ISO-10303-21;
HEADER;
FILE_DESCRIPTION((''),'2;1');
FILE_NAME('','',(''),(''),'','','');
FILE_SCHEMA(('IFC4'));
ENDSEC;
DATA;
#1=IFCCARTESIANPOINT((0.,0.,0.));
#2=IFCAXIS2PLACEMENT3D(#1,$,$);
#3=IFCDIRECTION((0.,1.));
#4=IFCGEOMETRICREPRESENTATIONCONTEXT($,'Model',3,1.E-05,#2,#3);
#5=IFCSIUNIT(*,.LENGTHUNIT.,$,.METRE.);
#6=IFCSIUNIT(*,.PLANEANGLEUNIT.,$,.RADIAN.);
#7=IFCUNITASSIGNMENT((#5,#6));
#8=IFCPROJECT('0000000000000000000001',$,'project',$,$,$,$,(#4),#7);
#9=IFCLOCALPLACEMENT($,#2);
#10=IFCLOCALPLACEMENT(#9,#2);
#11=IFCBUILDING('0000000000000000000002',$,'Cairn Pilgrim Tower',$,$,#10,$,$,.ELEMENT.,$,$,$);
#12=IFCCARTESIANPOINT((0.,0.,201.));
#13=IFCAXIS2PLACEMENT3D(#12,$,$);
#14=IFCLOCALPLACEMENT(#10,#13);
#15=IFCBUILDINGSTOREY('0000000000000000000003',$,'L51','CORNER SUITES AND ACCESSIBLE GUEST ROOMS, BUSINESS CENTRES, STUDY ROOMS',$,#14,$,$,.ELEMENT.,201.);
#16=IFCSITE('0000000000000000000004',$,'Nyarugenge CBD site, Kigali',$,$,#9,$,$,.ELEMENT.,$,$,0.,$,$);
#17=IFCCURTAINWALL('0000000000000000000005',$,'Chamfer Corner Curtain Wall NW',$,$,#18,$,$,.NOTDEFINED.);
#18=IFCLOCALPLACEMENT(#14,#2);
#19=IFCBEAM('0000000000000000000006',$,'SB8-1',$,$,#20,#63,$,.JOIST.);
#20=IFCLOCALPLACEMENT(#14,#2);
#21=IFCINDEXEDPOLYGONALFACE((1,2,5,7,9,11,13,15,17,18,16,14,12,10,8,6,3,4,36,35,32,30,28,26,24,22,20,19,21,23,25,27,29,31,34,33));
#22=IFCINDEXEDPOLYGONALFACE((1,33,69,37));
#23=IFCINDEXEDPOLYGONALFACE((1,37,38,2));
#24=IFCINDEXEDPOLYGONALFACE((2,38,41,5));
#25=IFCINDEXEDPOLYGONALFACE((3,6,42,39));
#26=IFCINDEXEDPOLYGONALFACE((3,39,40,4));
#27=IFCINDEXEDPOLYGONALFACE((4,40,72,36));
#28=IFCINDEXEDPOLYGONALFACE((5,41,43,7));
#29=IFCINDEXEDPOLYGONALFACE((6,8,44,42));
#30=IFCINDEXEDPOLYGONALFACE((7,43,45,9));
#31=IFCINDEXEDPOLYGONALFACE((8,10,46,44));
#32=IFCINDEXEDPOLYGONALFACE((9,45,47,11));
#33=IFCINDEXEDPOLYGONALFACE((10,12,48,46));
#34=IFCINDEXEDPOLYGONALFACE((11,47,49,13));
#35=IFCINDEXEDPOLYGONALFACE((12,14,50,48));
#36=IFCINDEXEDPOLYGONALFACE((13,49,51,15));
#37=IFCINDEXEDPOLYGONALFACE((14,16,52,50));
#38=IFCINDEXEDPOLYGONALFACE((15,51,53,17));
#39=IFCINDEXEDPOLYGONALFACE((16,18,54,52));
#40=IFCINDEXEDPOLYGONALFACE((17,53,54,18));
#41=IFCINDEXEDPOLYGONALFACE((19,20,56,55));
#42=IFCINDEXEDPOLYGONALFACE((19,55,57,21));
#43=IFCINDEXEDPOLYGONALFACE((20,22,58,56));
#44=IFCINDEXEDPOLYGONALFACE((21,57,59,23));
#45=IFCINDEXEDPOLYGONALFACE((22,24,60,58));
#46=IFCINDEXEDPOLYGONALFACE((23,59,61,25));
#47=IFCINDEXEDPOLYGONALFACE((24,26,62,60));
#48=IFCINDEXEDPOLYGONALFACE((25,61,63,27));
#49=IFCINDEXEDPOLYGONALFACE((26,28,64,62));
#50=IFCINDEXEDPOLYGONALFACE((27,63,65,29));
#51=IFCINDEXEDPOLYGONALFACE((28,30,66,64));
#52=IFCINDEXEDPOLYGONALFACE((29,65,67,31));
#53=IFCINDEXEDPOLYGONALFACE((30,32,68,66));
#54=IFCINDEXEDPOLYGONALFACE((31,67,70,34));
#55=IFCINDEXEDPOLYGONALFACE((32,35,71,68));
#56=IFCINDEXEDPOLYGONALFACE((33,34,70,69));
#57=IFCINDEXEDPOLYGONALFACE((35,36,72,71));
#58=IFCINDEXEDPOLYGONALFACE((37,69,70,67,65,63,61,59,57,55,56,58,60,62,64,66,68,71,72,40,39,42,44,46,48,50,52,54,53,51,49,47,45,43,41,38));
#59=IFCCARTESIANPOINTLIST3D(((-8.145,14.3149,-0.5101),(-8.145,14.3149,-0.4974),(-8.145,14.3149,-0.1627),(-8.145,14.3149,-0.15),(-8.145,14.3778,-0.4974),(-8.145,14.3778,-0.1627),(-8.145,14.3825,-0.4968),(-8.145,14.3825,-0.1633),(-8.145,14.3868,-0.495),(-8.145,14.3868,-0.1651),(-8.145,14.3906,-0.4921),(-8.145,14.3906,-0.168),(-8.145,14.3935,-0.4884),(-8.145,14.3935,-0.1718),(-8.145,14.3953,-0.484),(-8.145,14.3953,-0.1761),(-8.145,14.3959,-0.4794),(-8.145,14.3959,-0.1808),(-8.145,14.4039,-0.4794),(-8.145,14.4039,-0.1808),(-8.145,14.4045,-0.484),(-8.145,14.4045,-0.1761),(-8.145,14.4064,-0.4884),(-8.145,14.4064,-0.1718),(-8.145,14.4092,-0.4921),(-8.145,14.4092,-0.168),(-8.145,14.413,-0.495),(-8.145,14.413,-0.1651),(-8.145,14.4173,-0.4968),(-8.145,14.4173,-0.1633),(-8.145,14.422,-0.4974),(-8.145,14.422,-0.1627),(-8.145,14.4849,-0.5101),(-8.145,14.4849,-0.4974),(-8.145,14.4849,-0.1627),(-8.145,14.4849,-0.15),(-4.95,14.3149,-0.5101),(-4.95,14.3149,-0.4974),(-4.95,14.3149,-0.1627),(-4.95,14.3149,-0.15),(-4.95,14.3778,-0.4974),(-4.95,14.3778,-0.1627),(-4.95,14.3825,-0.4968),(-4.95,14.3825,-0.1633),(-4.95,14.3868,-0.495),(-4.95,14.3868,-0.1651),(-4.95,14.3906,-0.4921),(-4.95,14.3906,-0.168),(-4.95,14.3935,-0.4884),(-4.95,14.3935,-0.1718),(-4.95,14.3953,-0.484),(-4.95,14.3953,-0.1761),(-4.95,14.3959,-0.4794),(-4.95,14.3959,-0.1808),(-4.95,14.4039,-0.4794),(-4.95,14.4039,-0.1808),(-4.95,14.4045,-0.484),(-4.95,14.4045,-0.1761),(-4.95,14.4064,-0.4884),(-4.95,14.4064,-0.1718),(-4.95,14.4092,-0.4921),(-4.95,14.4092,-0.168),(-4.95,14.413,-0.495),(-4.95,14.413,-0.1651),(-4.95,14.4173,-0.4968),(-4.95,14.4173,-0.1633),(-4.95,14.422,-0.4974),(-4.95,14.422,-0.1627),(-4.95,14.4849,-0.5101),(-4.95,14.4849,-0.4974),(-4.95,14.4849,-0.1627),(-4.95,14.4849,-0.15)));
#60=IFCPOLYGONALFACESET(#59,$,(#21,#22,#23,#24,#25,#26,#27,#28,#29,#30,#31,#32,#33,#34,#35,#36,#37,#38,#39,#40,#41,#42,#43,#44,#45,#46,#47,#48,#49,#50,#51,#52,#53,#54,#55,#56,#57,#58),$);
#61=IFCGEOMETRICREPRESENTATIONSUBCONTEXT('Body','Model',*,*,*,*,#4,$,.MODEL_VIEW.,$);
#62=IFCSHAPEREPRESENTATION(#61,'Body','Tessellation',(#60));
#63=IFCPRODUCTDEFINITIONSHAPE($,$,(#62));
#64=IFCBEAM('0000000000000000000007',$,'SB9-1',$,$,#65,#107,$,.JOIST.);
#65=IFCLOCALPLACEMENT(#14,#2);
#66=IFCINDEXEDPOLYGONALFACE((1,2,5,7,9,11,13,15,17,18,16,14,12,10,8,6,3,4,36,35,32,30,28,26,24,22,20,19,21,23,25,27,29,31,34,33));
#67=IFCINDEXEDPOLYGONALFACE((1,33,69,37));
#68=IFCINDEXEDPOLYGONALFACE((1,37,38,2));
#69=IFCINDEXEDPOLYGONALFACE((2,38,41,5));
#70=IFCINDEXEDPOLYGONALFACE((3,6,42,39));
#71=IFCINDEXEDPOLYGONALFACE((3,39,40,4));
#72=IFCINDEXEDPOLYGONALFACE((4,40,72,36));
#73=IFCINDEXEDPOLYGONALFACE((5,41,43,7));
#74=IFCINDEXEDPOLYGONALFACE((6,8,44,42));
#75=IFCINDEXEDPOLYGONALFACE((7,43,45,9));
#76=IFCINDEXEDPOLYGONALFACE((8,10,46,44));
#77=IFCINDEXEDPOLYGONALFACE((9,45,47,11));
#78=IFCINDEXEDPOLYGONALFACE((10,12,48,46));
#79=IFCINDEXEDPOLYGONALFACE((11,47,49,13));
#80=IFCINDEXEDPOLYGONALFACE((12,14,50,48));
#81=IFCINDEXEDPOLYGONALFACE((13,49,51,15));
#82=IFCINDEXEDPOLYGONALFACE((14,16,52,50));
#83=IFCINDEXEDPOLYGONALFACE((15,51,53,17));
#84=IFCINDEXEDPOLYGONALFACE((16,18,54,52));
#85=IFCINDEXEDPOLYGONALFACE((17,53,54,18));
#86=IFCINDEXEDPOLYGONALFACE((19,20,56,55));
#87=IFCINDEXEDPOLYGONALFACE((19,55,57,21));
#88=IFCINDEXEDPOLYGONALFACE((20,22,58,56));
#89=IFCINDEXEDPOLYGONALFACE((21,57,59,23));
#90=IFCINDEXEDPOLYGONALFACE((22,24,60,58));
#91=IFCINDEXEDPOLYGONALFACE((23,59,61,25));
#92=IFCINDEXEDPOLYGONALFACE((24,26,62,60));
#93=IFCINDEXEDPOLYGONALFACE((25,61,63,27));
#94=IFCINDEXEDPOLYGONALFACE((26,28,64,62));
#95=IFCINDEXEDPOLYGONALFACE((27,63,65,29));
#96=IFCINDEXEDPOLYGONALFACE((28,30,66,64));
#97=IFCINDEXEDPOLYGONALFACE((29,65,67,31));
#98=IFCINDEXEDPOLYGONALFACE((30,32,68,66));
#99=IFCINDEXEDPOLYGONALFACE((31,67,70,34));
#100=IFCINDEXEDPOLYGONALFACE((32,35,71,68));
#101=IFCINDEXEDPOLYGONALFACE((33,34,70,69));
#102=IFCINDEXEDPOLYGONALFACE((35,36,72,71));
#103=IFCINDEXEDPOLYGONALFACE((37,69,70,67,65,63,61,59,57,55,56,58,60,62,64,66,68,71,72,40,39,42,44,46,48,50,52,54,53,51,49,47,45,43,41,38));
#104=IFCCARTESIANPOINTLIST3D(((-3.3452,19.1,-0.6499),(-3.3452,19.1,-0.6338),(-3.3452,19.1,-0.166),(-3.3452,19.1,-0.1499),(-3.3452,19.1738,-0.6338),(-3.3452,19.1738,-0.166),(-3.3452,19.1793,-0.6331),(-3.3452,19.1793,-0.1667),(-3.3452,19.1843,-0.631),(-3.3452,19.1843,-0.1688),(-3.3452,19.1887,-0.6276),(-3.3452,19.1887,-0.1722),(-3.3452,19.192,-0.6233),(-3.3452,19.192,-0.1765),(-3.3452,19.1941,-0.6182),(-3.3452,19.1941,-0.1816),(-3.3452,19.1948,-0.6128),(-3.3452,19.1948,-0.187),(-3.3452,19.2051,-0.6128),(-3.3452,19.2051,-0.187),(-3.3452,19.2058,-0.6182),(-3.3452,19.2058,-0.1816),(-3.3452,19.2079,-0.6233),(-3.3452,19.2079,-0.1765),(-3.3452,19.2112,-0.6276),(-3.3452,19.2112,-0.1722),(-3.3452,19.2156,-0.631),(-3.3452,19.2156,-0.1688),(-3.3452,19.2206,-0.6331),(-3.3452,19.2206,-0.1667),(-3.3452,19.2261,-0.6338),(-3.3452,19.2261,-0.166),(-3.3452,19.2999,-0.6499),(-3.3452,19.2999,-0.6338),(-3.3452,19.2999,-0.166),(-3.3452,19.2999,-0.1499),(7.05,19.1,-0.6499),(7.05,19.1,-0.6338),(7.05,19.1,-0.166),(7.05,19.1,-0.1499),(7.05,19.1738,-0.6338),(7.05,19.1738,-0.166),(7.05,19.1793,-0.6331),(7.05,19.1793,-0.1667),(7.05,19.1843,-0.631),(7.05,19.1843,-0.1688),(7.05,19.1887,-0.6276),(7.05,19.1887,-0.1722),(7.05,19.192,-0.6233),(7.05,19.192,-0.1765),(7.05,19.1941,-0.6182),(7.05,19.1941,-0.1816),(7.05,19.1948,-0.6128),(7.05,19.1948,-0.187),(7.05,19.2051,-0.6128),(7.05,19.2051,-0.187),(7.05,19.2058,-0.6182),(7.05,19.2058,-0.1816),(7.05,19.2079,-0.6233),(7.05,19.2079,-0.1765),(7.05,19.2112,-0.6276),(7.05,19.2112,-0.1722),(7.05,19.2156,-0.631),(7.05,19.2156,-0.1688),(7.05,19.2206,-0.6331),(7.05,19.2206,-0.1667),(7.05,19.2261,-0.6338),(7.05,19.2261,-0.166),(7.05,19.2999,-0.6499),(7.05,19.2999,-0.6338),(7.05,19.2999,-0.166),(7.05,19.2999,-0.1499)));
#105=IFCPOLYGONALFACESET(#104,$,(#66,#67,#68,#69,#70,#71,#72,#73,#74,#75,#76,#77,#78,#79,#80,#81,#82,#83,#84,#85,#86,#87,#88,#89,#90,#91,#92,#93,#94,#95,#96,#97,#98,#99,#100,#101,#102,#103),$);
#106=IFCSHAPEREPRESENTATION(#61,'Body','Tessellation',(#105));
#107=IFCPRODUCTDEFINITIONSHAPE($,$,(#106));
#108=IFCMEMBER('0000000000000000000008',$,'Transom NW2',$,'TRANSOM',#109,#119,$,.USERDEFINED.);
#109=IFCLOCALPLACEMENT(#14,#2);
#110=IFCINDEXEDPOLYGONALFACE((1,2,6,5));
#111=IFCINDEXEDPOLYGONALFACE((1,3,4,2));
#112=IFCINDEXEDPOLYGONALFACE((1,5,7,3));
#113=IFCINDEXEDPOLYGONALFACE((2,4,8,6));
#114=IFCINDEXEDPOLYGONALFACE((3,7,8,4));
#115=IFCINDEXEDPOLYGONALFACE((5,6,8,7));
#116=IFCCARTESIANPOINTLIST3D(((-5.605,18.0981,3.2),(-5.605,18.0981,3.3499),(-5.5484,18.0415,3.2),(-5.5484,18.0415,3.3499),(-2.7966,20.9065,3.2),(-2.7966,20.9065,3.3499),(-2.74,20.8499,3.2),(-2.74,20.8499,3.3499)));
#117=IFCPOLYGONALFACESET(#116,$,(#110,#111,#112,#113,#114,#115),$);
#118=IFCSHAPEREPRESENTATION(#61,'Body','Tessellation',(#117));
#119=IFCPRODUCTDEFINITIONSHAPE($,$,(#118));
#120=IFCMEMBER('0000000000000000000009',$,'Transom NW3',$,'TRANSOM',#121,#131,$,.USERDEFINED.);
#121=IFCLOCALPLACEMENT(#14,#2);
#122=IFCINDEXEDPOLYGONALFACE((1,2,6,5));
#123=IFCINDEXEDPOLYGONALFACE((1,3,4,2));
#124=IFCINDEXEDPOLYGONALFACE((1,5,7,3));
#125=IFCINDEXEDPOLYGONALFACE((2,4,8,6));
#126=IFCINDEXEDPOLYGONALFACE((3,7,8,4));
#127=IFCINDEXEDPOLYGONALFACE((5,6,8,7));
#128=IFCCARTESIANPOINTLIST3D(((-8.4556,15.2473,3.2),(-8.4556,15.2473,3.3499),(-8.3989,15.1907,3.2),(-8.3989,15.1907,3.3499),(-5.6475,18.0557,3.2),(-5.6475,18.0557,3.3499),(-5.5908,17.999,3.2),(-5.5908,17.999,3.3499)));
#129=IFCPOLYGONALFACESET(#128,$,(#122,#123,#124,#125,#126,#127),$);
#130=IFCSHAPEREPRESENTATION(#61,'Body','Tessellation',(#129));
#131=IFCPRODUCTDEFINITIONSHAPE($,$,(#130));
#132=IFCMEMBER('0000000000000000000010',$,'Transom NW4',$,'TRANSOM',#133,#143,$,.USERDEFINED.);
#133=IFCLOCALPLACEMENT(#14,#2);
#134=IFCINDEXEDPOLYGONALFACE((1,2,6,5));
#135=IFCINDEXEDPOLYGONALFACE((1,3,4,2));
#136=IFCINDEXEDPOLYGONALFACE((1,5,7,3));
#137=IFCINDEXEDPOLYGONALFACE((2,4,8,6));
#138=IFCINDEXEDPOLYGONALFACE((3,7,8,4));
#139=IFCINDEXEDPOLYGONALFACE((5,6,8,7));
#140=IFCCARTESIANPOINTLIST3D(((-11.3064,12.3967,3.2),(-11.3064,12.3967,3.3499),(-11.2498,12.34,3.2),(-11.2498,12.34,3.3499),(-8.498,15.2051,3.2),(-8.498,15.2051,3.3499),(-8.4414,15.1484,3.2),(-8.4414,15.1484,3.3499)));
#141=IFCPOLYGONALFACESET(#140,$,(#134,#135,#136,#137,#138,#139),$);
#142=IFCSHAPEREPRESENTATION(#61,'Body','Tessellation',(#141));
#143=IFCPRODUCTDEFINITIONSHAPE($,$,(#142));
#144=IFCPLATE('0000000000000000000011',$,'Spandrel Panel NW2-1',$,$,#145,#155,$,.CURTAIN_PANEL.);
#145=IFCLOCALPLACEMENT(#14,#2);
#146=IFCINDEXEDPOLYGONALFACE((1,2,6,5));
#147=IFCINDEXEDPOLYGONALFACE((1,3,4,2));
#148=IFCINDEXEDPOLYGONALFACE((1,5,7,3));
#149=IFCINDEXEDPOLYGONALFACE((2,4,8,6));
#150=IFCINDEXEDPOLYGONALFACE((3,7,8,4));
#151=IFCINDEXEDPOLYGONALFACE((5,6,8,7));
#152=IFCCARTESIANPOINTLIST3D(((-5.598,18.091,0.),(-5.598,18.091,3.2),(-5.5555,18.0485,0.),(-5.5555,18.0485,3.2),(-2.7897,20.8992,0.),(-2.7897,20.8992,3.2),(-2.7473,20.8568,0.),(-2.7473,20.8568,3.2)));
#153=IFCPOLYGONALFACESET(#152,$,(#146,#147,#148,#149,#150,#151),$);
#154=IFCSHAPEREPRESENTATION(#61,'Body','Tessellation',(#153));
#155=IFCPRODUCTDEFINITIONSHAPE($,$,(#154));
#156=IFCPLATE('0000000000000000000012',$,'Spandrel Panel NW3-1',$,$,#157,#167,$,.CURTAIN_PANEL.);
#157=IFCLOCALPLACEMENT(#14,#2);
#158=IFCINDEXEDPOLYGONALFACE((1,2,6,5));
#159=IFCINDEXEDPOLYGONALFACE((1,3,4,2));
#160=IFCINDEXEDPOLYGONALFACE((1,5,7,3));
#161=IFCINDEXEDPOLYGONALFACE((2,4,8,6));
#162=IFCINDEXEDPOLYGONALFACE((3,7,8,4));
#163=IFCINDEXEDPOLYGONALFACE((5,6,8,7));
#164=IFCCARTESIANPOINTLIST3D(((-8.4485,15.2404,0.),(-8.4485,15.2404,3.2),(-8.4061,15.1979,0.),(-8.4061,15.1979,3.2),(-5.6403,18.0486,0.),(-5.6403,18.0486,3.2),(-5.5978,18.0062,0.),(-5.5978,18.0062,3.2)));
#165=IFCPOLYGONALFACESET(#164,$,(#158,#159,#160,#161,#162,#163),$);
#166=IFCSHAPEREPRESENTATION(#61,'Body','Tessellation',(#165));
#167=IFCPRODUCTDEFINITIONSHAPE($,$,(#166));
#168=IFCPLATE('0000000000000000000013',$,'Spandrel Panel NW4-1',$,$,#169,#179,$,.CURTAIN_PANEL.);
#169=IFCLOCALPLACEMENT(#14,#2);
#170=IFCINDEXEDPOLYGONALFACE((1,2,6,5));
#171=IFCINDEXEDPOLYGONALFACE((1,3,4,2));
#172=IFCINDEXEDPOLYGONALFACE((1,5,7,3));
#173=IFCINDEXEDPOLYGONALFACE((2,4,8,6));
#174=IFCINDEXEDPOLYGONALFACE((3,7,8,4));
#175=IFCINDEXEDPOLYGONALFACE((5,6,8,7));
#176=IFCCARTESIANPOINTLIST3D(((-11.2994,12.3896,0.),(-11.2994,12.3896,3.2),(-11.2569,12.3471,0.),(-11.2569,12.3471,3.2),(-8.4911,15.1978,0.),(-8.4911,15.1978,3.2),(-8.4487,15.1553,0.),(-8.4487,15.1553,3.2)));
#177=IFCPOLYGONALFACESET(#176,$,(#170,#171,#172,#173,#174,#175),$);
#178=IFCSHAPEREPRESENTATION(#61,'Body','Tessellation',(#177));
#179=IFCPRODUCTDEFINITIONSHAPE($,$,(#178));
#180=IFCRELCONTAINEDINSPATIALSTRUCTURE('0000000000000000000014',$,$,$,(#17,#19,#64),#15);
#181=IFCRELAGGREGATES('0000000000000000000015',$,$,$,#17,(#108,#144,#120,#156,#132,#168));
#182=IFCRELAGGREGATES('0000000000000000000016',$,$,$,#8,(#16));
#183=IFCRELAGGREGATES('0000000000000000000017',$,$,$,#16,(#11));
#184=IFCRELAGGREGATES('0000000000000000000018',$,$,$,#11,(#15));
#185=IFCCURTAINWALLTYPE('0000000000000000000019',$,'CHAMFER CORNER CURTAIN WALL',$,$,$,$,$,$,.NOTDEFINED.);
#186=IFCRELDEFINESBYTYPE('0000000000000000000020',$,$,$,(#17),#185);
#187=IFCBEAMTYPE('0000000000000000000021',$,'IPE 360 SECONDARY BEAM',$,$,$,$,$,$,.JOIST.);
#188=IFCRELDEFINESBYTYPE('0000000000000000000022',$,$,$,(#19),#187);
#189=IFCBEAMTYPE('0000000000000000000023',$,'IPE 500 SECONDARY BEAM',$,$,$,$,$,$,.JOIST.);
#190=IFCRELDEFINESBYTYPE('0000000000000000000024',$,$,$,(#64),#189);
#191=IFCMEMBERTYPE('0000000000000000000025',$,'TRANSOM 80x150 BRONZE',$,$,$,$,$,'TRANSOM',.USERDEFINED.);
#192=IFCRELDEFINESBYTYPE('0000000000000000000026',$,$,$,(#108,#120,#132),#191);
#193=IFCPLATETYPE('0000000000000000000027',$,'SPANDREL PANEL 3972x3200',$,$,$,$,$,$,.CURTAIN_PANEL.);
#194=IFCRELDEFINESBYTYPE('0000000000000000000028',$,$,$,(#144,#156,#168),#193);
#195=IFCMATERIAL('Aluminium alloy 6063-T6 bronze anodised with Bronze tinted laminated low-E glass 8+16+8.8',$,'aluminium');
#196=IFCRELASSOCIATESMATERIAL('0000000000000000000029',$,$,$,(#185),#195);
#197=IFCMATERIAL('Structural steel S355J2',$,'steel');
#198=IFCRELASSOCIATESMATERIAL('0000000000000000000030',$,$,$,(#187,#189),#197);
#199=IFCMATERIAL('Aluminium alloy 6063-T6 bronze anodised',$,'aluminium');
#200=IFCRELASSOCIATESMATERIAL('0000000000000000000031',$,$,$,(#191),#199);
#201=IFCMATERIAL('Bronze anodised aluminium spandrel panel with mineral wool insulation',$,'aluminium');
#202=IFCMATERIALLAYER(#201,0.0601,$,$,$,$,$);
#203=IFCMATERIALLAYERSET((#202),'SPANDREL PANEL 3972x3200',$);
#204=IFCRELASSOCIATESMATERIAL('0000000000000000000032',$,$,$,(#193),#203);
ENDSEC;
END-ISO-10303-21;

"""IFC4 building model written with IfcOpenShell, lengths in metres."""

from ifc_helpers import new_model, si_unit, direction, frame, origin, origin_2d, place, context, subcontext, project, spatial, rectangle, i_section, extrude, material, layer, layer_set, material_profile, profile_set, type_object, element, aggregate, save


model = new_model("IFC4")

# Units and contexts
model_context = context("Model", 3, precision=1e-05, world=origin(), true_north=direction((0.0, 1.0)))
body_context = subcontext(model_context, "Body", "Model", "MODEL_VIEW")
ifc_project = project(units=[si_unit("LENGTHUNIT", "METRE"), si_unit("PLANEANGLEUNIT", "RADIAN")], contexts=[model_context])

# Site, building, storey
site_placement = place(None, origin())
site = spatial("IfcSite", under=ifc_project, at=site_placement, Name="Nyarugenge CBD site, Kigali", CompositionType="ELEMENT", RefElevation=0.0)
building_placement = place(site_placement, origin())
building = spatial("IfcBuilding", under=site, at=building_placement, Name="Cairn Pilgrim Tower", CompositionType="ELEMENT")
storey_placement = place(building_placement, frame((0.0, 0.0, 201.0)))
storey = spatial("IfcBuildingStorey", under=building, at=storey_placement, Name="L51", Description="CORNER SUITES AND ACCESSIBLE GUEST ROOMS, BUSINESS CENTRES, STUDY ROOMS", CompositionType="ELEMENT", Elevation=201.0)

# Shared definitions
ifc_material_1 = material(Name="Structural steel S355J2", Category="steel")

# Curtain wall
ifc_material_2 = material(Name="Aluminium alloy 6063-T6 bronze anodised with Bronze tinted laminated low-E glass 8+16+8.8", Category="aluminium")
curtain_wall_type = type_object("IfcCurtainWallType", Name="CHAMFER CORNER CURTAIN WALL", PredefinedType="NOTDEFINED", material=ifc_material_2)
curtain_wall_placement = place(storey_placement, origin())
curtain_wall = element("IfcCurtainWall", 1, at=curtain_wall_placement, inside=storey, type_object=curtain_wall_type, Name="Chamfer Corner Curtain Wall NW", PredefinedType="NOTDEFINED")
ifc_material_3 = material(Name="Aluminium alloy 6063-T6 bronze anodised", Category="aluminium")

# Beams
ifc_material_profile_1 = material_profile(ifc_material_1, i_section(OverallWidth=0.1699, OverallDepth=0.3601, WebThickness=0.0081, FlangeThickness=0.0127, FilletRadius=0.0181, at=origin_2d()), Name="IPE 360")
ifc_profile_set_1 = profile_set([ifc_material_profile_1], Name="Structural steel S355J2")
beam_type_1 = type_object("IfcBeamType", Name="IPE 360 SECONDARY BEAM", PredefinedType="JOIST", material=ifc_profile_set_1)
beam_1_placement = place(storey_placement, frame((-8.145, 14.3999, -0.3301), z_axis=(1.0, 0.0, 0.0), x_axis=(0.0, 1.0, 0.0)))
element("IfcBeam", 2, at=beam_1_placement, inside=storey, type_object=beam_type_1, Name="SB8-1", PredefinedType="JOIST", context=body_context, shape_type="SweptSolid", body=[
    extrude(i_section(OverallWidth=0.1699, OverallDepth=0.3601, WebThickness=0.0081, FlangeThickness=0.0127, FilletRadius=0.0181, at=origin_2d()), origin(), (0.0, 0.0, 1.0), 3.1951),
])
ifc_material_profile_2 = material_profile(ifc_material_1, i_section(OverallWidth=0.2, OverallDepth=0.5, WebThickness=0.0103, FlangeThickness=0.0161, FilletRadius=0.021, at=origin_2d()), Name="IPE 500")
ifc_profile_set_2 = profile_set([ifc_material_profile_2], Name="Structural steel S355J2")
beam_type_2 = type_object("IfcBeamType", Name="IPE 500 SECONDARY BEAM", PredefinedType="JOIST", material=ifc_profile_set_2)
beam_2_placement = place(storey_placement, frame((-3.3452, 19.2, -0.3999), z_axis=(1.0, 0.0, 0.0), x_axis=(0.0, 1.0, 0.0)))
element("IfcBeam", 3, at=beam_2_placement, inside=storey, type_object=beam_type_2, Name="SB9-1", PredefinedType="JOIST", context=body_context, shape_type="SweptSolid", body=[
    extrude(i_section(OverallWidth=0.2, OverallDepth=0.5, WebThickness=0.0103, FlangeThickness=0.0161, FilletRadius=0.021, at=origin_2d()), origin(), (0.0, 0.0, 1.0), 10.3953),
])

# Members
ifc_material_profile_3 = material_profile(ifc_material_3, rectangle(XDim=0.0801, YDim=0.1499, at=origin_2d()), Name="TRANSOM 80x150 BRONZE")
ifc_profile_set_3 = profile_set([ifc_material_profile_3], Name="Aluminium alloy 6063-T6 bronze anodised")
member_type_1 = type_object("IfcMemberType", Name="TRANSOM 80x150 BRONZE", ElementType="TRANSOM", PredefinedType="USERDEFINED", material=ifc_profile_set_3)
member_1_placement = place(storey_placement, frame((-2.7683, 20.8782, 3.2749), z_axis=(-0.707107, -0.707107, 0.0), x_axis=(0.707107, -0.707107, 0.0)))
member_1 = element("IfcMember", 4, at=member_1_placement, type_object=member_type_1, Name="Transom NW2", ObjectType="TRANSOM", PredefinedType="USERDEFINED", context=body_context, shape_type="SweptSolid", body=[
    extrude(rectangle(XDim=0.0801, YDim=0.1499, at=origin_2d()), origin(), (0.0, 0.0, 1.0), 3.9717),
])
member_2_placement = place(storey_placement, frame((-5.6191, 18.0273, 3.2749), z_axis=(-0.707076, -0.707138, 0.0), x_axis=(0.707138, -0.707076, 0.0)))
member_2 = element("IfcMember", 5, at=member_2_placement, type_object=member_type_1, Name="Transom NW3", ObjectType="TRANSOM", PredefinedType="USERDEFINED", context=body_context, shape_type="SweptSolid", body=[
    extrude(rectangle(XDim=0.0801, YDim=0.1499, at=origin_2d()), origin(), (0.0, 0.0, 1.0), 3.9714),
])
member_3_placement = place(storey_placement, frame((-8.4697, 15.1768, 3.2749), z_axis=(-0.707107, -0.707107, 0.0), x_axis=(0.707107, -0.707107, 0.0)))
member_3 = element("IfcMember", 6, at=member_3_placement, type_object=member_type_1, Name="Transom NW4", ObjectType="TRANSOM", PredefinedType="USERDEFINED", context=body_context, shape_type="SweptSolid", body=[
    extrude(rectangle(XDim=0.0801, YDim=0.1499, at=origin_2d()), origin(), (0.0, 0.0, 1.0), 3.9717),
])

# Plates
ifc_material_4 = material(Name="Bronze anodised aluminium spandrel panel with mineral wool insulation", Category="aluminium")
ifc_layer_1 = layer(ifc_material_4, 0.0601)
ifc_layer_set_1 = layer_set([ifc_layer_1], Name="SPANDREL PANEL 3972x3200")
plate_type = type_object("IfcPlateType", Name="SPANDREL PANEL 3972x3200", PredefinedType="CURTAIN_PANEL", material=ifc_layer_set_1)
plate_1_placement = place(storey_placement, frame((-4.1726, 19.4739, 0.0), z_axis=(0.0, 0.0, 1.0), x_axis=(-0.707107, -0.707107, 0.0)))
plate_1 = element("IfcPlate", 7, at=plate_1_placement, type_object=plate_type, Name="Spandrel Panel NW2-1", PredefinedType="CURTAIN_PANEL", context=body_context, shape_type="SweptSolid", body=[
    extrude(rectangle(XDim=3.9714, YDim=0.0601, at=origin_2d()), origin(), (0.0, 0.0, 1.0), 3.2),
])
plate_2_placement = place(storey_placement, frame((-7.0232, 16.6233, 0.0), z_axis=(0.0, 0.0, 1.0), x_axis=(-0.707107, -0.707107, 0.0)))
plate_2 = element("IfcPlate", 8, at=plate_2_placement, type_object=plate_type, Name="Spandrel Panel NW3-1", PredefinedType="CURTAIN_PANEL", context=body_context, shape_type="SweptSolid", body=[
    extrude(rectangle(XDim=3.9714, YDim=0.0601, at=origin_2d()), origin(), (0.0, 0.0, 1.0), 3.2),
])
plate_3_placement = place(storey_placement, frame((-9.874, 13.7725, 0.0), z_axis=(0.0, 0.0, 1.0), x_axis=(-0.707107, -0.707107, 0.0)))
plate_3 = element("IfcPlate", 9, at=plate_3_placement, type_object=plate_type, Name="Spandrel Panel NW4-1", PredefinedType="CURTAIN_PANEL", context=body_context, shape_type="SweptSolid", body=[
    extrude(rectangle(XDim=3.9714, YDim=0.0601, at=origin_2d()), origin(), (0.0, 0.0, 1.0), 3.2),
])
aggregate(curtain_wall, [member_1, plate_1, member_2, plate_2, member_3, plate_3])

save(model, "model.ifc")
